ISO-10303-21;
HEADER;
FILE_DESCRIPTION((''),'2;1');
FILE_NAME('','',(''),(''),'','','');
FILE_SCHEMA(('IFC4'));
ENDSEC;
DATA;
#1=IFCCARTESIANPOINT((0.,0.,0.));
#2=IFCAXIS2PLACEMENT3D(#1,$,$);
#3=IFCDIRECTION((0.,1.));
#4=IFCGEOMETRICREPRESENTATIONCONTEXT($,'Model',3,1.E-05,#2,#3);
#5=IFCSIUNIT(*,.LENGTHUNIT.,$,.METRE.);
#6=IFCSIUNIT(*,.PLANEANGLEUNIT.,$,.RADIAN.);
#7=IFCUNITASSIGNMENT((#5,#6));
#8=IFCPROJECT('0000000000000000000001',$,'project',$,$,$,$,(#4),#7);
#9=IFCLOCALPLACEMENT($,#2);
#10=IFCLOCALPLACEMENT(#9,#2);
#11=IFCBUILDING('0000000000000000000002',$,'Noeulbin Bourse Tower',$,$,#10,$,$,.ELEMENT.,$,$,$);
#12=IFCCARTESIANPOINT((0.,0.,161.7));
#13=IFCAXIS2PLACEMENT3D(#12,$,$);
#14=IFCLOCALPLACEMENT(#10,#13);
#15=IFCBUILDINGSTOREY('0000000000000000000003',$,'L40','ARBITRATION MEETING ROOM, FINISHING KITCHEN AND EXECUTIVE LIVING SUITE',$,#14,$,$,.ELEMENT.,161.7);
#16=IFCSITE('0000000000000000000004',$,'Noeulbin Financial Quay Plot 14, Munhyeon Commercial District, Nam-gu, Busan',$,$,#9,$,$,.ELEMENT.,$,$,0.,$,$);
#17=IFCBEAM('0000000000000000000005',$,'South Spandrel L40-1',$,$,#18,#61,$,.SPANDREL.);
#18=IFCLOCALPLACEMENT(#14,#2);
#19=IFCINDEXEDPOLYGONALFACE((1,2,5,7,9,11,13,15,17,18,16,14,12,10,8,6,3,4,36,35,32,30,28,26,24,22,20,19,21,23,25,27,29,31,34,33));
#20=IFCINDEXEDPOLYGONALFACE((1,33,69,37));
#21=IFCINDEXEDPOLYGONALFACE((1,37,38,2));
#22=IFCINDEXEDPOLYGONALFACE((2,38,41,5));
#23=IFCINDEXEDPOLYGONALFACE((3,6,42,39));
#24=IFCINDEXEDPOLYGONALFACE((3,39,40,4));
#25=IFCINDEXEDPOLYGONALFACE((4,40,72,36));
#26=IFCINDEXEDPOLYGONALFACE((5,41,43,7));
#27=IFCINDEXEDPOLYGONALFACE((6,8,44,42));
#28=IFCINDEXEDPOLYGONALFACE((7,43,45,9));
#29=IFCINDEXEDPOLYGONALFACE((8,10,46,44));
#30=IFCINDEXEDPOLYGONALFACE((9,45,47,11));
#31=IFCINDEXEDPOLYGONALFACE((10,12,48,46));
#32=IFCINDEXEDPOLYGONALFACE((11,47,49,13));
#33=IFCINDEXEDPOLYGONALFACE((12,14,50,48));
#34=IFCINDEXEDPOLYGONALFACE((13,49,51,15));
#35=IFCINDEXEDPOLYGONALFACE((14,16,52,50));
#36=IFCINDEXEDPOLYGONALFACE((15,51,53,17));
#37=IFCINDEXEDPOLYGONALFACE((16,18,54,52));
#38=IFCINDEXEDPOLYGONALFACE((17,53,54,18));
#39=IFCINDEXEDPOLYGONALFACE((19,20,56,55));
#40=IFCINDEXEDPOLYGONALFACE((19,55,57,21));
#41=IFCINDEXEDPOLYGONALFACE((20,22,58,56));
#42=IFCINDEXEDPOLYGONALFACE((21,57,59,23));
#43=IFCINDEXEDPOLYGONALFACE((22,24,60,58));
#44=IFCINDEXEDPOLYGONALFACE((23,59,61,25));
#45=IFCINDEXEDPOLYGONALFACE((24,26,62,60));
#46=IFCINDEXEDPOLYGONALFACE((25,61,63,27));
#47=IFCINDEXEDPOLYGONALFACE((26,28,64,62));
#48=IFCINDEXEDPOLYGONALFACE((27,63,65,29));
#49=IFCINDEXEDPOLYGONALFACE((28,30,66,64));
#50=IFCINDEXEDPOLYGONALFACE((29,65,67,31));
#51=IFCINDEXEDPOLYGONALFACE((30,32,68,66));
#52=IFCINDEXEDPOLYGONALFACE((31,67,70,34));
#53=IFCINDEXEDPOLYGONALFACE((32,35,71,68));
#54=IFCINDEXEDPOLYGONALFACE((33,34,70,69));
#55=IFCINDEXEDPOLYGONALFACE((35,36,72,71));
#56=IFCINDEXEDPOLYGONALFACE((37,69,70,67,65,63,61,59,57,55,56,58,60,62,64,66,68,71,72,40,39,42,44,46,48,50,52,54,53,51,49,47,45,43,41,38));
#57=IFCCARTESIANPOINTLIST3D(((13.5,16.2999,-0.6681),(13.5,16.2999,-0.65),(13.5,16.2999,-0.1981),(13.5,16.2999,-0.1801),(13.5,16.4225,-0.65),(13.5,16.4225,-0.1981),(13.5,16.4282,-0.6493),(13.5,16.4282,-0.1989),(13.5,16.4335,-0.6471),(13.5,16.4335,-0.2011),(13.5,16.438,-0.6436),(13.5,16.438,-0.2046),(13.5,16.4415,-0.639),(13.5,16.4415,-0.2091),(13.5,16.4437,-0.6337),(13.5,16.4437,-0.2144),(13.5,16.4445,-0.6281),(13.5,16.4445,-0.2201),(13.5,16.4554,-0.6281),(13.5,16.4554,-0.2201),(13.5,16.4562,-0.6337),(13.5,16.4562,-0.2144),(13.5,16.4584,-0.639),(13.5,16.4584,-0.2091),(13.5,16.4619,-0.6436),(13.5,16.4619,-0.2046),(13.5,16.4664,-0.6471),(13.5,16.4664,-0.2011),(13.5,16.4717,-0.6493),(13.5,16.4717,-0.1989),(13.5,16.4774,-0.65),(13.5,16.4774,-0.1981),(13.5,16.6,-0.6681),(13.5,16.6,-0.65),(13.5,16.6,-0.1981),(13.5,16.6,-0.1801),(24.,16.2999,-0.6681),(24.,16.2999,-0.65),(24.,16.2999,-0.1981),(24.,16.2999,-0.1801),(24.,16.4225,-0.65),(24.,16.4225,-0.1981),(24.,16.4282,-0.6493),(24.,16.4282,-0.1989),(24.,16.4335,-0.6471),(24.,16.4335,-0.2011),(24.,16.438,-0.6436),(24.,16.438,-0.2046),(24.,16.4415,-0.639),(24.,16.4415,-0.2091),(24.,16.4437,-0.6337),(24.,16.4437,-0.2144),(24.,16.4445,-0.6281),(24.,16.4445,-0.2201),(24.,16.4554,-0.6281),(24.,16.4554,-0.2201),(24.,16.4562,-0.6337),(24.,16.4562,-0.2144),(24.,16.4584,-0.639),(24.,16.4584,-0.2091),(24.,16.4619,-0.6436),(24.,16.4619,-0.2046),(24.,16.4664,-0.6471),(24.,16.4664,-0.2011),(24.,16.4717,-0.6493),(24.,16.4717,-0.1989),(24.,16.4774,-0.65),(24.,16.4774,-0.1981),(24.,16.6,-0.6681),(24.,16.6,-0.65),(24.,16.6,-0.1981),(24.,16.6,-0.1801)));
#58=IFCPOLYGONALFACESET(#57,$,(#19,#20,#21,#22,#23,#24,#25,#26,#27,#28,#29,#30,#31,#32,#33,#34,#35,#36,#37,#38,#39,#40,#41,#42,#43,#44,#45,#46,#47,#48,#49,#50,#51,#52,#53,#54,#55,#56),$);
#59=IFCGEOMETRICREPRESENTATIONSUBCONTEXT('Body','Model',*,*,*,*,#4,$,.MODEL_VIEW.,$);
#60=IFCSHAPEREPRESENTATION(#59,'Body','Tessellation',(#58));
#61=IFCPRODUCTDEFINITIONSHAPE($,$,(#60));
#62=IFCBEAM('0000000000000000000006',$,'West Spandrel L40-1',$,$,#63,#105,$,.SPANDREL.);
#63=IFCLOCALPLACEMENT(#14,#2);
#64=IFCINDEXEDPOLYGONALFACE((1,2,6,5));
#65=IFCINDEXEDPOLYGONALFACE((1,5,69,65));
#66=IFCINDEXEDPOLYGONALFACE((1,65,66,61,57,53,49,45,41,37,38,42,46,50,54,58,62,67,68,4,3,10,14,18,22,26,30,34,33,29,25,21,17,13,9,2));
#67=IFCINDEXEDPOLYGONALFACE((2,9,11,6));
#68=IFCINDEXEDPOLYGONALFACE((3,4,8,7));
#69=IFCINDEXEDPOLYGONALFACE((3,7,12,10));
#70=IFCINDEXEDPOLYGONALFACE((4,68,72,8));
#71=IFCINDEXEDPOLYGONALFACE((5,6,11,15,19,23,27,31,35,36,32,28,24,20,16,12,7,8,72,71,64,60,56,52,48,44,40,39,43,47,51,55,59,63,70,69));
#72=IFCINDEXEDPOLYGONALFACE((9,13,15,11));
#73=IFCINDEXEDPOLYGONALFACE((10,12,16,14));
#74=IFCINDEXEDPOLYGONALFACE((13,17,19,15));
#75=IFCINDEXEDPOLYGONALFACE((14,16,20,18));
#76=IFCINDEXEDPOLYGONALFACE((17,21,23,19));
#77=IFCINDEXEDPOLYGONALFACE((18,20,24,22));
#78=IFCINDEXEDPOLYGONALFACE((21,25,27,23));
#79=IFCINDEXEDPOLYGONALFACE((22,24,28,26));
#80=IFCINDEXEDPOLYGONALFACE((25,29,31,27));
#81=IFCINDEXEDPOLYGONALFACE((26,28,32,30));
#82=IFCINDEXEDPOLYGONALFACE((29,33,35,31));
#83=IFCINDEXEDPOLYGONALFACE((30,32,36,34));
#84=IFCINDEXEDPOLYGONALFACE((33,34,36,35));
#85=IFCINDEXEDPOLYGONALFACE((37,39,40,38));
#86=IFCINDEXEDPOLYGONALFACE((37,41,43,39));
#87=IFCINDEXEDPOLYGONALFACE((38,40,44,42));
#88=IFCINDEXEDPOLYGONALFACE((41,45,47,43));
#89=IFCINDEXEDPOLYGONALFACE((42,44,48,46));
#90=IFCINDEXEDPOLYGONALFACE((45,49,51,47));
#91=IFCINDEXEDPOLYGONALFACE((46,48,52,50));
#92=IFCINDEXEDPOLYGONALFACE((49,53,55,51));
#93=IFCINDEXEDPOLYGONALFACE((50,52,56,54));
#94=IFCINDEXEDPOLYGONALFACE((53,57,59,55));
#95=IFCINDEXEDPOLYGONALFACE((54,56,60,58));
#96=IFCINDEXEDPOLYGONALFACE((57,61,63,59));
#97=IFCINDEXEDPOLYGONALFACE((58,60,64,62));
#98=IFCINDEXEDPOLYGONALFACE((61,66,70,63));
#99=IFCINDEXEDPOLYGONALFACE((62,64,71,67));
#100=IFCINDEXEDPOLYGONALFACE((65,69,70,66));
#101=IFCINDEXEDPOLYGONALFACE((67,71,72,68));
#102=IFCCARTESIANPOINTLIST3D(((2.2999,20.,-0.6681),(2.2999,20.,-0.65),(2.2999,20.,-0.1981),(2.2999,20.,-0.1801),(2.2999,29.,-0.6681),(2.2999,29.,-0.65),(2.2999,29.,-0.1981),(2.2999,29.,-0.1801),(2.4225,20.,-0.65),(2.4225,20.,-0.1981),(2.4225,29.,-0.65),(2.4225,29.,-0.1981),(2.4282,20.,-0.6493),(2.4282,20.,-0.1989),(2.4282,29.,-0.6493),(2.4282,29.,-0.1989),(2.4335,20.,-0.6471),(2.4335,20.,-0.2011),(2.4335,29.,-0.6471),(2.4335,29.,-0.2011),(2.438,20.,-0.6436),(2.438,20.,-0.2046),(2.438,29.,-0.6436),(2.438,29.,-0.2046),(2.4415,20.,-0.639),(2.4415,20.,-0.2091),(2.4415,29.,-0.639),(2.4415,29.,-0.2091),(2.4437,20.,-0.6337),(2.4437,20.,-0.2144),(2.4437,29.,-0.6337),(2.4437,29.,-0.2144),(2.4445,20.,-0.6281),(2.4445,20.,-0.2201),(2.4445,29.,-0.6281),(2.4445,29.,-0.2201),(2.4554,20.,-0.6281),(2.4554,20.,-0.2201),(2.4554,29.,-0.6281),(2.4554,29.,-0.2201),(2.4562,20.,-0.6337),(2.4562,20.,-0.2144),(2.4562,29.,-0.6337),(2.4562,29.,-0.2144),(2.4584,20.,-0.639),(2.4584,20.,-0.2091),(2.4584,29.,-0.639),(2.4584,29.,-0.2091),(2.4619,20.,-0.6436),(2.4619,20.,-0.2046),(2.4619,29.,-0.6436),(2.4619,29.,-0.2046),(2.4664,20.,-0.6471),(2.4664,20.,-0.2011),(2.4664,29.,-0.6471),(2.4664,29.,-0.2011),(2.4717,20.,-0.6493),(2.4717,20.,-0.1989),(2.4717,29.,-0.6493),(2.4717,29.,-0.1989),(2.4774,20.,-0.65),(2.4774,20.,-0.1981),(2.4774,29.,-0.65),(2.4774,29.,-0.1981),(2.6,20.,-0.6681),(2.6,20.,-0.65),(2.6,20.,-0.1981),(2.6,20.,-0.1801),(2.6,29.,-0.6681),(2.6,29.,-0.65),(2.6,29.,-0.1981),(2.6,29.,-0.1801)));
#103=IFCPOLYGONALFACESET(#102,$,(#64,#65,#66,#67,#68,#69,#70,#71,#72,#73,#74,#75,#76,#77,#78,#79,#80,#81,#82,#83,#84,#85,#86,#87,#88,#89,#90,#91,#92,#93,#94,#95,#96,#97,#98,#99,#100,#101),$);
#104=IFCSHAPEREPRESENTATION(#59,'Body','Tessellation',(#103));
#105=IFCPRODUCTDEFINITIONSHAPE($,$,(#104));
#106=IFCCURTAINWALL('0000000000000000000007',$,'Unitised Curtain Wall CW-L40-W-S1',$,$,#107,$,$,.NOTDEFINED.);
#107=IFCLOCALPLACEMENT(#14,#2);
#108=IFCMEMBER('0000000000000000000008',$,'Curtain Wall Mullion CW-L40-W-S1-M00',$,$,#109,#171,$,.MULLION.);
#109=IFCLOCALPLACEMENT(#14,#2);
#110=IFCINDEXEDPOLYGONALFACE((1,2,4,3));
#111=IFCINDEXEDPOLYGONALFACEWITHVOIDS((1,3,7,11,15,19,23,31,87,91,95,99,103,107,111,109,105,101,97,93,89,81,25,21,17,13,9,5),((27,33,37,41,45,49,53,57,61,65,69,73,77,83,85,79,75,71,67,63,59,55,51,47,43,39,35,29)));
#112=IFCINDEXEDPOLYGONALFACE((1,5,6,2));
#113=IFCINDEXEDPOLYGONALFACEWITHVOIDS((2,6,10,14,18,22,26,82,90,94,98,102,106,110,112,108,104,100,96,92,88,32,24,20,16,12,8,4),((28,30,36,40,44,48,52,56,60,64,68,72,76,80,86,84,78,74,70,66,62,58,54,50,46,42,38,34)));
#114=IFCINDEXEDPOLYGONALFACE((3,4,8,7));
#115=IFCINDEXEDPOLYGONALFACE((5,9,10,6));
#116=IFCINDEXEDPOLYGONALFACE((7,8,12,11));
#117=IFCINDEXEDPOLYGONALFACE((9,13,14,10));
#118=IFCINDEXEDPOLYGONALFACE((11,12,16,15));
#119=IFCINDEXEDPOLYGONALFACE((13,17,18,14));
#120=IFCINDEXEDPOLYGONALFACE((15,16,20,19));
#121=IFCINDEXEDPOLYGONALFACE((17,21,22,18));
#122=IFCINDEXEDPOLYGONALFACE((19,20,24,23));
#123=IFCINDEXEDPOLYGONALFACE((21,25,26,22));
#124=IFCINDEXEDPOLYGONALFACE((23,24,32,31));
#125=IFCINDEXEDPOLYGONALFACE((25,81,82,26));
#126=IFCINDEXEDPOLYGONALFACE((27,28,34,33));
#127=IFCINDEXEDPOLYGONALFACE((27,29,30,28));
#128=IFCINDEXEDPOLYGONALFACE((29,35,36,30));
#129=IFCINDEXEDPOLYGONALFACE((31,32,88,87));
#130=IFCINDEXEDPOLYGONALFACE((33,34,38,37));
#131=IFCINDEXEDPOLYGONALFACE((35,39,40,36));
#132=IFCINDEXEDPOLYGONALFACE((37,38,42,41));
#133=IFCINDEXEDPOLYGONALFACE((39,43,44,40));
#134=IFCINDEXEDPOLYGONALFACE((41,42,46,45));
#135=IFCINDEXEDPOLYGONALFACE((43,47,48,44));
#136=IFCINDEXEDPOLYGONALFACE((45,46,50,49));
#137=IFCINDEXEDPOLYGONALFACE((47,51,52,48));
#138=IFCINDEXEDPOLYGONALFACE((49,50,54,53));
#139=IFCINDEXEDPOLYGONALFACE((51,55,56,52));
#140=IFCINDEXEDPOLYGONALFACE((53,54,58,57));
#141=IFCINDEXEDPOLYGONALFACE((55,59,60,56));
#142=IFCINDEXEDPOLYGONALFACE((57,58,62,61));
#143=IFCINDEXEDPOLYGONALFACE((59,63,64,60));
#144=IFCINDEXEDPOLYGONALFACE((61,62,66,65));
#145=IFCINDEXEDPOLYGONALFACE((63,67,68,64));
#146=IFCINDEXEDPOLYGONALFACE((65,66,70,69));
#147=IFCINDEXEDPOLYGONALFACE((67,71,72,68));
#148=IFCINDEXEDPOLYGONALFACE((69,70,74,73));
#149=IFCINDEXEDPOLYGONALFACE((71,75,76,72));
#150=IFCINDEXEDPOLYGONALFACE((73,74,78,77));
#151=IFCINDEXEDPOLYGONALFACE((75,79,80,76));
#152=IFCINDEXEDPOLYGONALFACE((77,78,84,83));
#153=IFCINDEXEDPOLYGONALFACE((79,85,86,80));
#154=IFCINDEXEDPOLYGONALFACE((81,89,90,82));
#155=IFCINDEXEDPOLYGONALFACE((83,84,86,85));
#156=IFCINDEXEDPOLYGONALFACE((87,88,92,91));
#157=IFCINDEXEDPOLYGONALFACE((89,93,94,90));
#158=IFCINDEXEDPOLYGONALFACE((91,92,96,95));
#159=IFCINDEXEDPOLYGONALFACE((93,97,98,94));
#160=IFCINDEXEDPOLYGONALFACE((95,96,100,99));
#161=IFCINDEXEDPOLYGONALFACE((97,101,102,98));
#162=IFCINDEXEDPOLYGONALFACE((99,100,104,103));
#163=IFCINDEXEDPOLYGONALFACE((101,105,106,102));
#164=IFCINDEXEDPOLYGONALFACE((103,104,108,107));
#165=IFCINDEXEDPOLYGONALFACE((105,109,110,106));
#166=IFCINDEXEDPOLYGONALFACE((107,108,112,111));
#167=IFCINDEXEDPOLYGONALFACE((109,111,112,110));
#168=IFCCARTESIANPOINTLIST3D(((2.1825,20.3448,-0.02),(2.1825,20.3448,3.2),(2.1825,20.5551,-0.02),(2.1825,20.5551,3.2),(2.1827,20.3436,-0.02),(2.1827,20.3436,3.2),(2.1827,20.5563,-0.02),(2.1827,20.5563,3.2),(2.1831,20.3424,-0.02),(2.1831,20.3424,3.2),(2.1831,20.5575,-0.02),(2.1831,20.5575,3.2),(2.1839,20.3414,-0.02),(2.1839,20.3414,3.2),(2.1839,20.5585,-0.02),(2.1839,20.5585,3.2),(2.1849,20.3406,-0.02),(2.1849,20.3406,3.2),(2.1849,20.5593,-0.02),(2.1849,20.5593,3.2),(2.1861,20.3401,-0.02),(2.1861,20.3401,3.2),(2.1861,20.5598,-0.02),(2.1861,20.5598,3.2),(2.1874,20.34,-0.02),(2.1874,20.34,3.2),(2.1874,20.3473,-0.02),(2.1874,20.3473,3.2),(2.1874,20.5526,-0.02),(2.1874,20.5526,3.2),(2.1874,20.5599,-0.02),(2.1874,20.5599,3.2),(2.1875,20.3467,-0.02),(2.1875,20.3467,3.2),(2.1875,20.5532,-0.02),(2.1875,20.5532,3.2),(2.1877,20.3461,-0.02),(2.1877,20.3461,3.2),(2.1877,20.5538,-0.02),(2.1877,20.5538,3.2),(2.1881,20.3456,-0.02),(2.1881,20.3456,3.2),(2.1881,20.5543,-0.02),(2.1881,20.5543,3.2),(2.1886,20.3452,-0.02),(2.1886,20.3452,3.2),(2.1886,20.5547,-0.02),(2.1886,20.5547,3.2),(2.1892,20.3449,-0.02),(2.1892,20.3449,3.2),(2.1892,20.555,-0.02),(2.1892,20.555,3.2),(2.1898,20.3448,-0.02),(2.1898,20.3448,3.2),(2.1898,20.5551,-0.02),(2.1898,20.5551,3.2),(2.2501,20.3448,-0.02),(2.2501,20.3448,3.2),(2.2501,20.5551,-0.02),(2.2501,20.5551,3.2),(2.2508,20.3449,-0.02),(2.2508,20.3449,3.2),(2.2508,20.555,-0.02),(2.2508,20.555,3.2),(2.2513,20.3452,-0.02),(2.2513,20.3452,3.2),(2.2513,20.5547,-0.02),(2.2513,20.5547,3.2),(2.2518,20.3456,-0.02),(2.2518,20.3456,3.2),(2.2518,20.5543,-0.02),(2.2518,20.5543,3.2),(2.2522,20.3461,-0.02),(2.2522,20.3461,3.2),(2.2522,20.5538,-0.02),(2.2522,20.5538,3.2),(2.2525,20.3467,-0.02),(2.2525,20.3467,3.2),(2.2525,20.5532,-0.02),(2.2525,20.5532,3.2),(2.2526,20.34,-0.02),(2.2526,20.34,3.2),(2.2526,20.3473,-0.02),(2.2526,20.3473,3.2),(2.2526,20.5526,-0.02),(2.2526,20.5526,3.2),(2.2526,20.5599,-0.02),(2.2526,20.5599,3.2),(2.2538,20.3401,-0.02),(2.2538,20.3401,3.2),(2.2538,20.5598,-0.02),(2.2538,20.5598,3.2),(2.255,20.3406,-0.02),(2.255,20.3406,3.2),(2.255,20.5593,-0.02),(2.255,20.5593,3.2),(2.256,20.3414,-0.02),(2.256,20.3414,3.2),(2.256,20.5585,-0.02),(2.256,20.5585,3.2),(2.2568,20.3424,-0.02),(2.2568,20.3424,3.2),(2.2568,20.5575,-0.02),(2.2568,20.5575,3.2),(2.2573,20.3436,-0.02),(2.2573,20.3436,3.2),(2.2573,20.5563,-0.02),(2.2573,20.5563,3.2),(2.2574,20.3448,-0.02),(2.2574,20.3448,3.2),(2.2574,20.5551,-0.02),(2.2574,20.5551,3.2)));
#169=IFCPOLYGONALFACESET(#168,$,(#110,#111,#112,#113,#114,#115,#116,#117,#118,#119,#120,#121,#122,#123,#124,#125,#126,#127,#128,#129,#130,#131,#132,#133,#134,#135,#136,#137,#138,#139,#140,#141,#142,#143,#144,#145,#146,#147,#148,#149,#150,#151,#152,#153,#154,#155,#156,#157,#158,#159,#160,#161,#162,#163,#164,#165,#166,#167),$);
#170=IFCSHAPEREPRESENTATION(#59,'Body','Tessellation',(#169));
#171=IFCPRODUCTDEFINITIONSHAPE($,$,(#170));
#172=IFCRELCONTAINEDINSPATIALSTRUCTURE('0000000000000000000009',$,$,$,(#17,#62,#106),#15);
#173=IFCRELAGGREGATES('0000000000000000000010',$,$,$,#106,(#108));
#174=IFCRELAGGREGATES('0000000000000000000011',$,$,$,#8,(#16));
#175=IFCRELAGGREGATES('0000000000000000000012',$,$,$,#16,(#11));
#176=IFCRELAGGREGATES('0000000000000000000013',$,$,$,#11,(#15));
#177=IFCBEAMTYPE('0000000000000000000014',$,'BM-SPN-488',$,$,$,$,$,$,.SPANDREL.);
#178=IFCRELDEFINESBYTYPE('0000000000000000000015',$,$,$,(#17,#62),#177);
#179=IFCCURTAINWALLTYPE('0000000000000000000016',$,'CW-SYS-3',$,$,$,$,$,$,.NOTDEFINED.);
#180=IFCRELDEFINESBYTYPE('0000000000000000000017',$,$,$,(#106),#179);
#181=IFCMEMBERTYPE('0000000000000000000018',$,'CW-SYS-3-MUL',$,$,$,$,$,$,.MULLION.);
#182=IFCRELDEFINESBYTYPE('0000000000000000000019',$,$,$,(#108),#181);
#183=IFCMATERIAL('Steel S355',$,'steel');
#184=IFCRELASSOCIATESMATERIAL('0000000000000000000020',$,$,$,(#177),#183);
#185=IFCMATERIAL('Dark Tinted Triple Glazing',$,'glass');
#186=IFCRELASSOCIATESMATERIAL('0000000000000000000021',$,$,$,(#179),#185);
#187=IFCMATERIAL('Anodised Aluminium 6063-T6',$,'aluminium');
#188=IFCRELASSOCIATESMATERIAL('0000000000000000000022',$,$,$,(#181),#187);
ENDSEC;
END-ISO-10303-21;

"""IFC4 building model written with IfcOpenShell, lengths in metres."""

from ifc_helpers import new_model, si_unit, direction, frame, origin, origin_2d, place, context, subcontext, project, spatial, hollow_rectangle, i_section, extrude, material, material_profile, profile_set, type_object, element, aggregate, save


model = new_model("IFC4")

# Units and contexts
model_context = context("Model", 3, precision=1e-05, world=origin(), true_north=direction((0.0, 1.0)))
body_context = subcontext(model_context, "Body", "Model", "MODEL_VIEW")
ifc_project = project(units=[si_unit("LENGTHUNIT", "METRE"), si_unit("PLANEANGLEUNIT", "RADIAN")], contexts=[model_context])

# Site, building, storey
site_placement = place(None, origin())
site = spatial("IfcSite", under=ifc_project, at=site_placement, Name="Noeulbin Financial Quay Plot 14, Munhyeon Commercial District, Nam-gu, Busan", CompositionType="ELEMENT", RefElevation=0.0)
building_placement = place(site_placement, origin())
building = spatial("IfcBuilding", under=site, at=building_placement, Name="Noeulbin Bourse Tower", CompositionType="ELEMENT")
storey_placement = place(building_placement, frame((0.0, 0.0, 161.7)))
storey = spatial("IfcBuildingStorey", under=building, at=storey_placement, Name="L40", Description="ARBITRATION MEETING ROOM, FINISHING KITCHEN AND EXECUTIVE LIVING SUITE", CompositionType="ELEMENT", Elevation=161.7)

# Shared definitions
ifc_material_1 = material(Name="Steel S355", Category="steel")

# Beams
ifc_material_profile_1 = material_profile(ifc_material_1, i_section(OverallWidth=0.3, OverallDepth=0.488, WebThickness=0.011, FlangeThickness=0.0181, FilletRadius=0.022, at=origin_2d()), Name="H-488x300x11x18", Category="LoadBearing")
ifc_profile_set_1 = profile_set([ifc_material_profile_1], Name="Steel S355")
beam_type_1 = type_object("IfcBeamType", Name="BM-SPN-488", PredefinedType="SPANDREL", material=ifc_profile_set_1)
beam_1_placement = place(storey_placement, frame((13.5, 16.45, -0.4241), z_axis=(1.0, 0.0, 0.0), x_axis=(0.0, 1.0, 0.0)))
element("IfcBeam", 1, at=beam_1_placement, inside=storey, type_object=beam_type_1, Name="South Spandrel L40-1", PredefinedType="SPANDREL", context=body_context, shape_type="SweptSolid", body=[
    extrude(i_section(OverallWidth=0.3, OverallDepth=0.488, WebThickness=0.011, FlangeThickness=0.0181, FilletRadius=0.022, at=origin_2d()), origin(), (0.0, 0.0, 1.0), 10.5),
])
beam_2_placement = place(storey_placement, frame((2.45, 20.0, -0.4241), z_axis=(0.0, 1.0, 0.0), x_axis=(-1.0, 0.0, 0.0)))
element("IfcBeam", 2, at=beam_2_placement, inside=storey, type_object=beam_type_1, Name="West Spandrel L40-1", PredefinedType="SPANDREL", context=body_context, shape_type="SweptSolid", body=[
    extrude(i_section(OverallWidth=0.3, OverallDepth=0.488, WebThickness=0.011, FlangeThickness=0.0181, FilletRadius=0.022, at=origin_2d()), origin(), (0.0, 0.0, 1.0), 9.0),
])

# Curtain wall, member
ifc_material_2 = material(Name="Dark Tinted Triple Glazing", Category="glass")
curtain_wall_type = type_object("IfcCurtainWallType", Name="CW-SYS-3", PredefinedType="NOTDEFINED", material=ifc_material_2)
curtain_wall_placement = place(storey_placement, origin())
curtain_wall = element("IfcCurtainWall", 3, at=curtain_wall_placement, inside=storey, type_object=curtain_wall_type, Name="Unitised Curtain Wall CW-L40-W-S1", PredefinedType="NOTDEFINED")
ifc_material_3 = material(Name="Anodised Aluminium 6063-T6", Category="aluminium")
ifc_material_profile_2 = material_profile(ifc_material_3, hollow_rectangle(XDim=0.075, YDim=0.22, WallThickness=0.0049, InnerFilletRadius=0.0024, OuterFilletRadius=0.0049, at=origin_2d()), Name="ALU-MULL-75x220x5", Category="LoadBearing")
ifc_profile_set_2 = profile_set([ifc_material_profile_2], Name="Anodised Aluminium 6063-T6")
member_type_1 = type_object("IfcMemberType", Name="CW-SYS-3-MUL", PredefinedType="MULLION", material=ifc_profile_set_2)
member_1_placement = place(storey_placement, frame((2.22, 20.45, -0.02), z_axis=(0.0, 0.0, 1.0), x_axis=(1.0, 0.0, 0.0)))
member_1 = element("IfcMember", 4, at=member_1_placement, type_object=member_type_1, Name="Curtain Wall Mullion CW-L40-W-S1-M00", PredefinedType="MULLION", context=body_context, shape_type="SweptSolid", body=[
    extrude(hollow_rectangle(XDim=0.075, YDim=0.22, WallThickness=0.0049, InnerFilletRadius=0.0024, OuterFilletRadius=0.0049, at=origin_2d()), origin(), (0.0, 0.0, 1.0), 3.22),
])
aggregate(curtain_wall, [member_1])

save(model, "model.ifc")
